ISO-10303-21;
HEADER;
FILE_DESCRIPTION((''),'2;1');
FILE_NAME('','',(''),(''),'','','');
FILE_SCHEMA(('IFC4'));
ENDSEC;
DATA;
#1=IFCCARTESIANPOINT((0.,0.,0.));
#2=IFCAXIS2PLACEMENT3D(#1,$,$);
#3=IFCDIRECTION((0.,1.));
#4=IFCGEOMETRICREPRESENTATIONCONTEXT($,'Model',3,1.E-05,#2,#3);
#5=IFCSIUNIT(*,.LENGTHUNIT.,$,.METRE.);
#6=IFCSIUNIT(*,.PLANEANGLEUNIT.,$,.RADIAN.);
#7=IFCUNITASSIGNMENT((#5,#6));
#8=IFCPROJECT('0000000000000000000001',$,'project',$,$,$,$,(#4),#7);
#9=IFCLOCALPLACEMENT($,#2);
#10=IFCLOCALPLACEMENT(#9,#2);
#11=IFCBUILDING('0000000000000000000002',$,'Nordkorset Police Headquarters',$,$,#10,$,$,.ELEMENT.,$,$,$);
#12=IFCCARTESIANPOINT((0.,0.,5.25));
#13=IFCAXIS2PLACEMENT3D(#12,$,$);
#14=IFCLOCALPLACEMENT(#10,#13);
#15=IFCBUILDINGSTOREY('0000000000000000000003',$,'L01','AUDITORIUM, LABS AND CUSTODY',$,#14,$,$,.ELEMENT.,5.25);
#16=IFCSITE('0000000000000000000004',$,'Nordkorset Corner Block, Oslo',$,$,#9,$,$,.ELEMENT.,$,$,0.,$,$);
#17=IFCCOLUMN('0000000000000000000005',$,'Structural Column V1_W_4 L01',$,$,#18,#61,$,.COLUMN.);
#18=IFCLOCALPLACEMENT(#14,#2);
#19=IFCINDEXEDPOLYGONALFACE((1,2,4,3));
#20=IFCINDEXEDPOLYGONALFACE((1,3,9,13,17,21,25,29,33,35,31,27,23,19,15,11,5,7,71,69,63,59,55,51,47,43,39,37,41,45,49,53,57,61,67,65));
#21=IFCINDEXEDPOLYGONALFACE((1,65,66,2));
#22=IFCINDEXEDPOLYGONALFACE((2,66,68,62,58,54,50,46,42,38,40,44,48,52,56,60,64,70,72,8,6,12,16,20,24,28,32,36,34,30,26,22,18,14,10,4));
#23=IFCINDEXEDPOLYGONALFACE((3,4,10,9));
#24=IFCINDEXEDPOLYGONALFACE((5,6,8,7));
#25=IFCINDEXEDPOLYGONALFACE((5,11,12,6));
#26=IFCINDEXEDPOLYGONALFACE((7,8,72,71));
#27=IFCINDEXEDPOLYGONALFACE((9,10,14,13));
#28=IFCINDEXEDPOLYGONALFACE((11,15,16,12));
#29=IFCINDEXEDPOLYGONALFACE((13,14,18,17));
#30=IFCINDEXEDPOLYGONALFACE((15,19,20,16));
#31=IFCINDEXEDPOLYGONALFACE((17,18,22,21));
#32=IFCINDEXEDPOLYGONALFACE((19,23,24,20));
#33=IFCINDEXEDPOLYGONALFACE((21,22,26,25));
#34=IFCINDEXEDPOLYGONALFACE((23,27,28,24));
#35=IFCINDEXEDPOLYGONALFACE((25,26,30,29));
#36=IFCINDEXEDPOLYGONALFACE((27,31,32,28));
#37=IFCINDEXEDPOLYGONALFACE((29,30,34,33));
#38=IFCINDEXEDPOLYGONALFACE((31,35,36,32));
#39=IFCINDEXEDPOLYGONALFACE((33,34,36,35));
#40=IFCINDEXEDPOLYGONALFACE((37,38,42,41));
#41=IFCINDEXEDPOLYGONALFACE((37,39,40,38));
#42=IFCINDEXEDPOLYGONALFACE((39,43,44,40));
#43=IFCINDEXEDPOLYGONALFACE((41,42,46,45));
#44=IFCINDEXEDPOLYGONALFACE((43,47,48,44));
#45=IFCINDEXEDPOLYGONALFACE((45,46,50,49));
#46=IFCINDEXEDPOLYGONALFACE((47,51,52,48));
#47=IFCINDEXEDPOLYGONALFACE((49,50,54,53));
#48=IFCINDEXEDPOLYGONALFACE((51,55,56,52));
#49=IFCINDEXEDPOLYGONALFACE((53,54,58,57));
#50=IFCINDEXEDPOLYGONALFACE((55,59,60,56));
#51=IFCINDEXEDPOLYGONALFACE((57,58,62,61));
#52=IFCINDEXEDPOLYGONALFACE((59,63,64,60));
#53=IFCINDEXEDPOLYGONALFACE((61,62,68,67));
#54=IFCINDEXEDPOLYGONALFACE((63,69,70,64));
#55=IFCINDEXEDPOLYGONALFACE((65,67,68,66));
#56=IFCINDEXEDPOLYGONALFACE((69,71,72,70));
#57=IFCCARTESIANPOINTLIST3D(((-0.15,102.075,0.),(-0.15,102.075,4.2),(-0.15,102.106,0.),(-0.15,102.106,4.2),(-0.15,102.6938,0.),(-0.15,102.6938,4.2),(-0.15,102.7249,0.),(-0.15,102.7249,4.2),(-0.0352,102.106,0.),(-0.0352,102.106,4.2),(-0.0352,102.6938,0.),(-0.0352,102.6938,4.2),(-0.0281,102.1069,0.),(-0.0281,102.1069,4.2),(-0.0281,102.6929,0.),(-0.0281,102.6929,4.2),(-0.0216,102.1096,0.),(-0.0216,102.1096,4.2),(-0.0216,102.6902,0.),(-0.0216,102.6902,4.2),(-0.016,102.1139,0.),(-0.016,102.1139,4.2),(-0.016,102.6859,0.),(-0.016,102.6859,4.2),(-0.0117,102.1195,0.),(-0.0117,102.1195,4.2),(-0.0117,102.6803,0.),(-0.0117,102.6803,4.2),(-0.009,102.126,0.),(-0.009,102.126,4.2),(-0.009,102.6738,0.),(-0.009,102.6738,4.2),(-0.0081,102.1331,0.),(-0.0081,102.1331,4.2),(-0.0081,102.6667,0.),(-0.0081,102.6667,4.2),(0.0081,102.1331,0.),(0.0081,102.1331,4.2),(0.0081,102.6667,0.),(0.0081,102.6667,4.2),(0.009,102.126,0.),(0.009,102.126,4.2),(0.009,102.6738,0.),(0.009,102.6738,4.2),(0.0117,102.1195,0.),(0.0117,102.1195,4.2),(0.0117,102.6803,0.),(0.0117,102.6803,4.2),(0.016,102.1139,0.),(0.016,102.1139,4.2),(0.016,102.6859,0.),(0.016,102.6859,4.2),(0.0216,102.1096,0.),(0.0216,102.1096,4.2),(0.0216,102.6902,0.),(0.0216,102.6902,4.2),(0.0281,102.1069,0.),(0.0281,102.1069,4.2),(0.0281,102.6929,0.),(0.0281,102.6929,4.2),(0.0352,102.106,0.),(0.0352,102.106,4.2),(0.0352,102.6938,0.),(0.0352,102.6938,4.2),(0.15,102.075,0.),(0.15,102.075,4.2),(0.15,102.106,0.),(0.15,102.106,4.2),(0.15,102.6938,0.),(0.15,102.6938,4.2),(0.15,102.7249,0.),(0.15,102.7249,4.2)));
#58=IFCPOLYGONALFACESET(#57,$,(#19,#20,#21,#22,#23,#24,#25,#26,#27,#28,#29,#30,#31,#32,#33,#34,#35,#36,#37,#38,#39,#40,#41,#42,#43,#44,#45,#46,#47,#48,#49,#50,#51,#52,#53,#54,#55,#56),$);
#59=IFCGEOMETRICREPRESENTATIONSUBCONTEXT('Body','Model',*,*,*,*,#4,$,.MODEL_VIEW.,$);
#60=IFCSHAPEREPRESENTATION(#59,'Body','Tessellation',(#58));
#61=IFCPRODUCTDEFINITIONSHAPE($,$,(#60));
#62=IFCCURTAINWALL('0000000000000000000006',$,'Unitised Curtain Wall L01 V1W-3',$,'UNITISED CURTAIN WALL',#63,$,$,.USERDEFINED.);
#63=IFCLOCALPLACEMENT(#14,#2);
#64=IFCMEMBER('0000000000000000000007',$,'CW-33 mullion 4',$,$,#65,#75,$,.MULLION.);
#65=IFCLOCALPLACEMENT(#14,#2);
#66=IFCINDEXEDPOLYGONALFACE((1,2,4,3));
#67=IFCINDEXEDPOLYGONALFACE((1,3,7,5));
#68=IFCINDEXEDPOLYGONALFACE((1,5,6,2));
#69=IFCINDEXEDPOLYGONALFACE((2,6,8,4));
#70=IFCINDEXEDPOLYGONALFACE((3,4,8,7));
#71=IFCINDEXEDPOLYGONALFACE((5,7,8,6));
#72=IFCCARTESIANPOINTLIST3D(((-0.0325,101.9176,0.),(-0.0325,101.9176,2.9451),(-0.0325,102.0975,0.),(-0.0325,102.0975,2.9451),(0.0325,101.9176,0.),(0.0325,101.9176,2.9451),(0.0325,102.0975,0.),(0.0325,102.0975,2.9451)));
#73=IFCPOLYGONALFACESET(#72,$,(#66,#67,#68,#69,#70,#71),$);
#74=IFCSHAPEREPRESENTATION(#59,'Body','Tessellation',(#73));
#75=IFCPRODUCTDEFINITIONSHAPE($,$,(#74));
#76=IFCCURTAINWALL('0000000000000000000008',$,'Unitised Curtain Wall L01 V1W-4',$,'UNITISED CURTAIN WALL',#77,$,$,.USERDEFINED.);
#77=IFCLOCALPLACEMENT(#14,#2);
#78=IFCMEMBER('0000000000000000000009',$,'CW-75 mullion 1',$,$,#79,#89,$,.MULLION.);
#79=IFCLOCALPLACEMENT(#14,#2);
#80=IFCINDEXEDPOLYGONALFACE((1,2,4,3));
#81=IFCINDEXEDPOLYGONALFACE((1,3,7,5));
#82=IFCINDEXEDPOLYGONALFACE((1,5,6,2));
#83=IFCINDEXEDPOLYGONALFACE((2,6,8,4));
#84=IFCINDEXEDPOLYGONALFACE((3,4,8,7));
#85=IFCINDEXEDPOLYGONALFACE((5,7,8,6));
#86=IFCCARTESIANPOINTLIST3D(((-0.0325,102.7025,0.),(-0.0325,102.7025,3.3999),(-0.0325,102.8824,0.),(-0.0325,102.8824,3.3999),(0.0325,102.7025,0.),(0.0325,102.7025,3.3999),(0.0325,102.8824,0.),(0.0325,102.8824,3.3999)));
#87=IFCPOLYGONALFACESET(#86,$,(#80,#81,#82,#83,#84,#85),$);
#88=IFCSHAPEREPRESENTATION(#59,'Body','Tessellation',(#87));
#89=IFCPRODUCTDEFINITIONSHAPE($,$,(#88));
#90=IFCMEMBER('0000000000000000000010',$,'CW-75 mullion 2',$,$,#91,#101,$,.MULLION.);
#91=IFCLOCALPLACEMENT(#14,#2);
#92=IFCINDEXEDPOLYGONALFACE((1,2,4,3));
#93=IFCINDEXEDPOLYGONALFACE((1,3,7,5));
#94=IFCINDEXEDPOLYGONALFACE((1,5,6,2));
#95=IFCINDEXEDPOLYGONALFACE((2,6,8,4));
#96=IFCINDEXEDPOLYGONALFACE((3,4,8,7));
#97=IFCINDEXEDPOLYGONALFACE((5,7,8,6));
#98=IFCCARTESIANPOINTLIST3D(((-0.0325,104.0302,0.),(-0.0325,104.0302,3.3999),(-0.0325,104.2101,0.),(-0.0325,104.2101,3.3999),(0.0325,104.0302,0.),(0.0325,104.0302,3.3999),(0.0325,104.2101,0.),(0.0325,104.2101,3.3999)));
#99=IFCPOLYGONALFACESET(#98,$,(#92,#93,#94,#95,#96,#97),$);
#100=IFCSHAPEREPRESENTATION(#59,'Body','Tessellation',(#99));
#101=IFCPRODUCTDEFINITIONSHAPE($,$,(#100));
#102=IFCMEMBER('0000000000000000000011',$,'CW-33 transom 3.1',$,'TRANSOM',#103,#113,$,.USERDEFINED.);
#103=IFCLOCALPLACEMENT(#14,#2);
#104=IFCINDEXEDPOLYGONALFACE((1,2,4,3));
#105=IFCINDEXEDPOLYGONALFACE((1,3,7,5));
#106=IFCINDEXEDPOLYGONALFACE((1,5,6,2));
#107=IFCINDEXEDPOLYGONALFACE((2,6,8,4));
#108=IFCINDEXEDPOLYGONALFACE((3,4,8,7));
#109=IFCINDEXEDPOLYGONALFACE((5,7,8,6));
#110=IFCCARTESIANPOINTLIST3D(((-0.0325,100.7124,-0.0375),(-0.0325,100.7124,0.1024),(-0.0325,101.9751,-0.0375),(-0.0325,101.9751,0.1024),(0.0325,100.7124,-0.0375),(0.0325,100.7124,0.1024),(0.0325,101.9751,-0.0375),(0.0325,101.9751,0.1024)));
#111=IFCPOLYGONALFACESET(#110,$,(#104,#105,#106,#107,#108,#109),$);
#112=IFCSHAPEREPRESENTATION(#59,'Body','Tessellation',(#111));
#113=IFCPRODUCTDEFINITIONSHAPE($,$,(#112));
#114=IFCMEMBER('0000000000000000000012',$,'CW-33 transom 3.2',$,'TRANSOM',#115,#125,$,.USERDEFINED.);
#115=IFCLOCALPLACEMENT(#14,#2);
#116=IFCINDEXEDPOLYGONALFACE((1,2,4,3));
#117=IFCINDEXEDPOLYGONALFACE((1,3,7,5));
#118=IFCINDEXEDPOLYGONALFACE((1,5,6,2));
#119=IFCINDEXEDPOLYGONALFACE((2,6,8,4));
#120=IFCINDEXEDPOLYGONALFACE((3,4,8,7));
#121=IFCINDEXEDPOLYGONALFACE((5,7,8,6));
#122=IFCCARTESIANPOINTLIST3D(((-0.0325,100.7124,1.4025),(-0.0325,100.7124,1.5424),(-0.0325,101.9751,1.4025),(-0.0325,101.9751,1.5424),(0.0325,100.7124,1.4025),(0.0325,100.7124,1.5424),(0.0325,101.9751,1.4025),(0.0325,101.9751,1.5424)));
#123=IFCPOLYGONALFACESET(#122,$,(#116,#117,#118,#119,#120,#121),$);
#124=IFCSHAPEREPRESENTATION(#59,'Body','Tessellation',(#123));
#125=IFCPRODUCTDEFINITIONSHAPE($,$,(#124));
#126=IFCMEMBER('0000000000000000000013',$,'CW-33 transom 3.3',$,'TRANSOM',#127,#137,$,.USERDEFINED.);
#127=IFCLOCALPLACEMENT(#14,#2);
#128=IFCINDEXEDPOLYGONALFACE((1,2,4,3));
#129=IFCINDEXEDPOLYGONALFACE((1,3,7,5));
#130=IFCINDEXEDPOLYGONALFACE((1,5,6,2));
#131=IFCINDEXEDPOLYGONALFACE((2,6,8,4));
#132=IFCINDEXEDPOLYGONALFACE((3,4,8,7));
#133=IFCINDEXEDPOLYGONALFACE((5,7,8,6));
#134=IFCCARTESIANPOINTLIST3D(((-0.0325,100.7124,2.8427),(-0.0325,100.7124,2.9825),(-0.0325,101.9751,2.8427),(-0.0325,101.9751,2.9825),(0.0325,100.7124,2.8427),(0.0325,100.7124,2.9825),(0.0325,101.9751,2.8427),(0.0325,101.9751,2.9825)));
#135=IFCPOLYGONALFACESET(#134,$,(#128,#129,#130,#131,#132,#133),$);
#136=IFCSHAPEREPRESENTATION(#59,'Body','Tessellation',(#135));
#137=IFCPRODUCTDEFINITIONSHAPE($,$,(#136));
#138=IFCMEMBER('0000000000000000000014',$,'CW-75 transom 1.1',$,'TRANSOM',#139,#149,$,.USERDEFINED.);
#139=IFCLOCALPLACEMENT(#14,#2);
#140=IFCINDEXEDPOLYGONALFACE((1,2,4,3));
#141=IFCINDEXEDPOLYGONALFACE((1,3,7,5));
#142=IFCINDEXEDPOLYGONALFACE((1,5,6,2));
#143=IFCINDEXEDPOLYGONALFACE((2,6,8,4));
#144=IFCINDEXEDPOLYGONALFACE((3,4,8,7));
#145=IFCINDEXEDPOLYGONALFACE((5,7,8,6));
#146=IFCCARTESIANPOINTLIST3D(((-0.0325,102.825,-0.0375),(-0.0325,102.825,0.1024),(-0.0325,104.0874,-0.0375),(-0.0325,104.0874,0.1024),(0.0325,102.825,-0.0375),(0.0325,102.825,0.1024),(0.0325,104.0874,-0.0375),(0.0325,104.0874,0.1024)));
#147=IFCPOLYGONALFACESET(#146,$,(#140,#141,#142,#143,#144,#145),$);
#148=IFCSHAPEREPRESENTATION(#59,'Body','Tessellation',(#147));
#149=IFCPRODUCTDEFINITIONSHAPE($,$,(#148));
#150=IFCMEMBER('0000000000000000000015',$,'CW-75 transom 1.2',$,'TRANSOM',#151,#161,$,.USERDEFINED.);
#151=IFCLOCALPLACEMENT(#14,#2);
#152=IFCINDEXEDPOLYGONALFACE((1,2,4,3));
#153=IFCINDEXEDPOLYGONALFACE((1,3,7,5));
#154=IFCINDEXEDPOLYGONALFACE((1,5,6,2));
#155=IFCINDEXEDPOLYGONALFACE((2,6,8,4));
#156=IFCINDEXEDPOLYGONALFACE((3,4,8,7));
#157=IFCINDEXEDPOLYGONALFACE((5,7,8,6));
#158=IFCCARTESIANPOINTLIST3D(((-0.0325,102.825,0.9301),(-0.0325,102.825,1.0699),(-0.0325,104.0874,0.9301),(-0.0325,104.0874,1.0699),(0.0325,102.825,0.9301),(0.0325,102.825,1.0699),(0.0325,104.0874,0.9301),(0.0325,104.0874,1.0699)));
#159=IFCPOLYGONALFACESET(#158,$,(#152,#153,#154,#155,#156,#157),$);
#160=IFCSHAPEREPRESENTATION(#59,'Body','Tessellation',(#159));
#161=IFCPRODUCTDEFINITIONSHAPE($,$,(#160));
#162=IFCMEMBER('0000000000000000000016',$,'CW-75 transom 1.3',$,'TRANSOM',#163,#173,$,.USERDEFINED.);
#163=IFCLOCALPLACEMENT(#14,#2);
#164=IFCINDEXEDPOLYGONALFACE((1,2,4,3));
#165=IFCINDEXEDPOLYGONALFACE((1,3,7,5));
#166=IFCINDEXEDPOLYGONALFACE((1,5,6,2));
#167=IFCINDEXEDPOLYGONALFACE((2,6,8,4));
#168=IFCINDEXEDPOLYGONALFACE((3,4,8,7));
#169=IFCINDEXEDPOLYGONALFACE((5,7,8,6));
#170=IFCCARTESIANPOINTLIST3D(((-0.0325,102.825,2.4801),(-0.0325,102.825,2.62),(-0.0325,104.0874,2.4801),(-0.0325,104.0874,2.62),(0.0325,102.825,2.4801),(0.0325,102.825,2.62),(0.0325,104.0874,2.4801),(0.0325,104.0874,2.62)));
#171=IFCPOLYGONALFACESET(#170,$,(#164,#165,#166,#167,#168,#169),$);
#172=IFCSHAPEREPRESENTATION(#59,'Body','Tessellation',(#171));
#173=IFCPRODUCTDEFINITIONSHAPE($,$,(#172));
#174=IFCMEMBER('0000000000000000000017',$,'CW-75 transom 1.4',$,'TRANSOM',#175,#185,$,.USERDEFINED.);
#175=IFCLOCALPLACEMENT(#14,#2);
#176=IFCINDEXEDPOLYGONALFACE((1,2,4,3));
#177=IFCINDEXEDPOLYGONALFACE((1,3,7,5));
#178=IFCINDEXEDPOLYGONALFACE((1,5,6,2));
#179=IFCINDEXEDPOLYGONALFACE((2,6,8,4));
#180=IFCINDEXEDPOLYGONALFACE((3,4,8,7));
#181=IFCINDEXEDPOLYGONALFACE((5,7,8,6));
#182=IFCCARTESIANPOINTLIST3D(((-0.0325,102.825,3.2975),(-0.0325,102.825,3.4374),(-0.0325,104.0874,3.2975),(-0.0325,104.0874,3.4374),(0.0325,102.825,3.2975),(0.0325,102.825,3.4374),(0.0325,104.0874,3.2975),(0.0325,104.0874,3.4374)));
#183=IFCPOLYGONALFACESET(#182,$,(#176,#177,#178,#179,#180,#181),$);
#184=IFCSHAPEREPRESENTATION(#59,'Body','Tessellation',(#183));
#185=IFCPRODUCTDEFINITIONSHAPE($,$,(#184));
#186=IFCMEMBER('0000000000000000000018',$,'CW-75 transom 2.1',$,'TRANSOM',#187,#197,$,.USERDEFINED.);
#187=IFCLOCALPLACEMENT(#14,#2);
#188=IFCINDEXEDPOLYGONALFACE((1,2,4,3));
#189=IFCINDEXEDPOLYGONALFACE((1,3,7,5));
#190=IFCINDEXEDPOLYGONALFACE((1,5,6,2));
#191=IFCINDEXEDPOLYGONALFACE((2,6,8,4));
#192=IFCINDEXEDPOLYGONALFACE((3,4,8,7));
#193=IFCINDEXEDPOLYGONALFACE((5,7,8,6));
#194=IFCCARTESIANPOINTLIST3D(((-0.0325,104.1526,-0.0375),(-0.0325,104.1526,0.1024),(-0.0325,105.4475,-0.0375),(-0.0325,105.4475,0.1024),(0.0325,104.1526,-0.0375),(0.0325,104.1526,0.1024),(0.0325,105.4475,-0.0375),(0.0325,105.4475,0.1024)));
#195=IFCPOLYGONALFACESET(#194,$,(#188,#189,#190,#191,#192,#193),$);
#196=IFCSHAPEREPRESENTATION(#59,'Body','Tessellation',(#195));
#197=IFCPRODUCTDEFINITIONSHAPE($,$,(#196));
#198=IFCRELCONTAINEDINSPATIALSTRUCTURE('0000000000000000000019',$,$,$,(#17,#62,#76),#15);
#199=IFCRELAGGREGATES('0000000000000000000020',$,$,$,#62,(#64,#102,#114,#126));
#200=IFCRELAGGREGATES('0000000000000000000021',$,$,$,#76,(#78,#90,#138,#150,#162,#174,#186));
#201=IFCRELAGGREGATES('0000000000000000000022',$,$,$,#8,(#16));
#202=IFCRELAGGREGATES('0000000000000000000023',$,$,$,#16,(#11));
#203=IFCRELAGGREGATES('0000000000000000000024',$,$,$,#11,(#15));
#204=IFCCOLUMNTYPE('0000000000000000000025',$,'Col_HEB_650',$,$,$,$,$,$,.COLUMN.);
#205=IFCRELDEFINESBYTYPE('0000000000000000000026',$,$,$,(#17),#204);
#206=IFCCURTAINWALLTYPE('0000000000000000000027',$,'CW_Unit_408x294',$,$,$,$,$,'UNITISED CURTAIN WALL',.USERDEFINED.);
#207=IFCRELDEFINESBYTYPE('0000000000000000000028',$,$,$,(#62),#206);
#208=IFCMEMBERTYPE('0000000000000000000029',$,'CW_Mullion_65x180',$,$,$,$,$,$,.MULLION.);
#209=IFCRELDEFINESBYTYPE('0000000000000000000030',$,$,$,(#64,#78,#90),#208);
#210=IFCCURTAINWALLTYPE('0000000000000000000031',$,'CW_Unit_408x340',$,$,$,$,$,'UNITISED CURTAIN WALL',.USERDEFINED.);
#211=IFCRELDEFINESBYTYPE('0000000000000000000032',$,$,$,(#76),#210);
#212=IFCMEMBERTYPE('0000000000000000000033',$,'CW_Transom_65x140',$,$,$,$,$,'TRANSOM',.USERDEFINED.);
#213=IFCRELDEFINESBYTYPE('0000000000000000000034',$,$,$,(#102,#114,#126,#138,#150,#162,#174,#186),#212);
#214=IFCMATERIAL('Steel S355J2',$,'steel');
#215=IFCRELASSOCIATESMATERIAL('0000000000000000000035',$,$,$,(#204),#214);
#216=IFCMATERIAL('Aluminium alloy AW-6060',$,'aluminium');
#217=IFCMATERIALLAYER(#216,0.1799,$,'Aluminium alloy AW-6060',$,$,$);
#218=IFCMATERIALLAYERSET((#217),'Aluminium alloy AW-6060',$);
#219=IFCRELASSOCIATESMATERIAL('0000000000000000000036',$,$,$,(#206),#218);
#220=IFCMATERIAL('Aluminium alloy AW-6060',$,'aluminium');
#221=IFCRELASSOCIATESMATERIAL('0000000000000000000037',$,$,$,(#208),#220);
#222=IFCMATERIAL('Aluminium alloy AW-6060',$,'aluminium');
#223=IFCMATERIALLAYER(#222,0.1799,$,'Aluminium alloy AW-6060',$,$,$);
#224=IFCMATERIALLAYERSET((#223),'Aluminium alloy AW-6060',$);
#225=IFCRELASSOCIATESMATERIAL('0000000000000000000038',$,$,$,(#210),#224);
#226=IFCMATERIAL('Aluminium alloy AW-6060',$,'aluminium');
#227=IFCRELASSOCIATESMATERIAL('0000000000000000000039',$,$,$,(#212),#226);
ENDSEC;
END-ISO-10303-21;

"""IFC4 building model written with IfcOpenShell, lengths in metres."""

from ifc_helpers import new_model, si_unit, direction, frame, origin, origin_2d, place, context, subcontext, project, spatial, rectangle, i_section, extrude, material, layer, layer_set, material_profile, profile_set, type_object, element, aggregate, save


model = new_model("IFC4")

# Units and contexts
model_context = context("Model", 3, precision=1e-05, world=origin(), true_north=direction((0.0, 1.0)))
body_context = subcontext(model_context, "Body", "Model", "MODEL_VIEW")
ifc_project = project(units=[si_unit("LENGTHUNIT", "METRE"), si_unit("PLANEANGLEUNIT", "RADIAN")], contexts=[model_context])

# Site, building, storey
site_placement = place(None, origin())
site = spatial("IfcSite", under=ifc_project, at=site_placement, Name="Nordkorset Corner Block, Oslo", CompositionType="ELEMENT", RefElevation=0.0)
building_placement = place(site_placement, origin())
building = spatial("IfcBuilding", under=site, at=building_placement, Name="Nordkorset Police Headquarters", CompositionType="ELEMENT")
storey_placement = place(building_placement, frame((0.0, 0.0, 5.25)))
storey = spatial("IfcBuildingStorey", under=building, at=storey_placement, Name="L01", Description="AUDITORIUM, LABS AND CUSTODY", CompositionType="ELEMENT", Elevation=5.25)

# Column
ifc_material_1 = material(Name="Steel S355J2", Category="steel")
ifc_material_profile_1 = material_profile(ifc_material_1, i_section(OverallWidth=0.3, OverallDepth=0.6499, WebThickness=0.0161, FlangeThickness=0.031, FilletRadius=0.0271, at=origin_2d()), Name="HEB 650")
ifc_profile_set_1 = profile_set([ifc_material_profile_1], Name="Steel S355J2")
column_type = type_object("IfcColumnType", Name="Col_HEB_650", PredefinedType="COLUMN", material=ifc_profile_set_1)
column_placement = place(storey_placement, frame((0.0, 102.3999, 0.0), z_axis=(0.0, 0.0, 1.0), x_axis=(1.0, 0.0, 0.0)))
element("IfcColumn", 1, at=column_placement, inside=storey, type_object=column_type, Name="Structural Column V1_W_4 L01", PredefinedType="COLUMN", context=body_context, shape_type="SweptSolid", body=[
    extrude(i_section(OverallWidth=0.3, OverallDepth=0.6499, WebThickness=0.0161, FlangeThickness=0.031, FilletRadius=0.0271, at=origin_2d()), origin(), (0.0, 0.0, 1.0), 4.2),
])

# Curtain wall, member
ifc_material_2 = material(Name="Aluminium alloy AW-6060", Category="aluminium")
ifc_layer_1 = layer(ifc_material_2, 0.1799, Name="Aluminium alloy AW-6060")
ifc_layer_set_1 = layer_set([ifc_layer_1], Name="Aluminium alloy AW-6060")
curtain_wall_type_1 = type_object("IfcCurtainWallType", Name="CW_Unit_408x294", ElementType="UNITISED CURTAIN WALL", PredefinedType="USERDEFINED", material=ifc_layer_set_1)
curtain_wall_1_placement = place(storey_placement, origin())
curtain_wall_1 = element("IfcCurtainWall", 2, at=curtain_wall_1_placement, inside=storey, type_object=curtain_wall_type_1, Name="Unitised Curtain Wall L01 V1W-3", ObjectType="UNITISED CURTAIN WALL", PredefinedType="USERDEFINED")
ifc_material_3 = material(Name="Aluminium alloy AW-6060", Category="aluminium")
ifc_material_profile_2 = material_profile(ifc_material_3, rectangle(XDim=0.0649, YDim=0.1799, at=origin_2d()), Name="ALU MULL 65x180")
ifc_profile_set_2 = profile_set([ifc_material_profile_2], Name="Aluminium alloy AW-6060")
member_type_1 = type_object("IfcMemberType", Name="CW_Mullion_65x180", PredefinedType="MULLION", material=ifc_profile_set_2)
member_1_placement = place(storey_placement, frame((0.0, 102.0076, 0.0), z_axis=(0.0, 0.0, 1.0), x_axis=(-1.0, 0.0, 0.0)))
member_1 = element("IfcMember", 3, at=member_1_placement, type_object=member_type_1, Name="CW-33 mullion 4", PredefinedType="MULLION", context=body_context, shape_type="SweptSolid", body=[
    extrude(rectangle(XDim=0.0649, YDim=0.1799, at=origin_2d()), origin(), (0.0, 0.0, 1.0), 2.9451),
])

# Curtain wall, members
ifc_material_4 = material(Name="Aluminium alloy AW-6060", Category="aluminium")
ifc_layer_2 = layer(ifc_material_4, 0.1799, Name="Aluminium alloy AW-6060")
ifc_layer_set_2 = layer_set([ifc_layer_2], Name="Aluminium alloy AW-6060")
curtain_wall_type_2 = type_object("IfcCurtainWallType", Name="CW_Unit_408x340", ElementType="UNITISED CURTAIN WALL", PredefinedType="USERDEFINED", material=ifc_layer_set_2)
curtain_wall_2_placement = place(storey_placement, origin())
curtain_wall_2 = element("IfcCurtainWall", 4, at=curtain_wall_2_placement, inside=storey, type_object=curtain_wall_type_2, Name="Unitised Curtain Wall L01 V1W-4", ObjectType="UNITISED CURTAIN WALL", PredefinedType="USERDEFINED")
member_2_placement = place(storey_placement, frame((0.0, 102.7925, 0.0), z_axis=(0.0, 0.0, 1.0), x_axis=(-1.0, 0.0, 0.0)))
member_2 = element("IfcMember", 5, at=member_2_placement, type_object=member_type_1, Name="CW-75 mullion 1", PredefinedType="MULLION", context=body_context, shape_type="SweptSolid", body=[
    extrude(rectangle(XDim=0.0649, YDim=0.1799, at=origin_2d()), origin(), (0.0, 0.0, 1.0), 3.3999),
])
member_3_placement = place(storey_placement, frame((0.0, 104.1201, 0.0), z_axis=(0.0, 0.0, 1.0), x_axis=(-1.0, 0.0, 0.0)))
member_3 = element("IfcMember", 6, at=member_3_placement, type_object=member_type_1, Name="CW-75 mullion 2", PredefinedType="MULLION", context=body_context, shape_type="SweptSolid", body=[
    extrude(rectangle(XDim=0.0649, YDim=0.1799, at=origin_2d()), origin(), (0.0, 0.0, 1.0), 3.3999),
])

# Members
ifc_material_5 = material(Name="Aluminium alloy AW-6060", Category="aluminium")
ifc_material_profile_3 = material_profile(ifc_material_5, rectangle(XDim=0.0649, YDim=0.1399, at=origin_2d()), Name="ALU TRAN 65x140")
ifc_profile_set_3 = profile_set([ifc_material_profile_3], Name="Aluminium alloy AW-6060")
member_type_2 = type_object("IfcMemberType", Name="CW_Transom_65x140", ElementType="TRANSOM", PredefinedType="USERDEFINED", material=ifc_profile_set_3)
member_4_placement = place(storey_placement, frame((0.0, 100.7124, 0.0325), z_axis=(0.0, 1.0, 0.0), x_axis=(-1.0, 0.0, 0.0)))
member_4 = element("IfcMember", 7, at=member_4_placement, type_object=member_type_2, Name="CW-33 transom 3.1", ObjectType="TRANSOM", PredefinedType="USERDEFINED", context=body_context, shape_type="SweptSolid", body=[
    extrude(rectangle(XDim=0.0649, YDim=0.1399, at=origin_2d()), origin(), (0.0, 0.0, 1.0), 1.2627),
])
member_5_placement = place(storey_placement, frame((0.0, 100.7124, 1.4724), z_axis=(0.0, 1.0, 0.0), x_axis=(-1.0, 0.0, 0.0)))
member_5 = element("IfcMember", 8, at=member_5_placement, type_object=member_type_2, Name="CW-33 transom 3.2", ObjectType="TRANSOM", PredefinedType="USERDEFINED", context=body_context, shape_type="SweptSolid", body=[
    extrude(rectangle(XDim=0.0649, YDim=0.1399, at=origin_2d()), origin(), (0.0, 0.0, 1.0), 1.2627),
])
member_6_placement = place(storey_placement, frame((0.0, 100.7124, 2.9126), z_axis=(0.0, 1.0, 0.0), x_axis=(-1.0, 0.0, 0.0)))
member_6 = element("IfcMember", 9, at=member_6_placement, type_object=member_type_2, Name="CW-33 transom 3.3", ObjectType="TRANSOM", PredefinedType="USERDEFINED", context=body_context, shape_type="SweptSolid", body=[
    extrude(rectangle(XDim=0.0649, YDim=0.1399, at=origin_2d()), origin(), (0.0, 0.0, 1.0), 1.2627),
])
member_7_placement = place(storey_placement, frame((0.0, 102.825, 0.0325), z_axis=(0.0, 1.0, 0.0), x_axis=(-1.0, 0.0, 0.0)))
member_7 = element("IfcMember", 10, at=member_7_placement, type_object=member_type_2, Name="CW-75 transom 1.1", ObjectType="TRANSOM", PredefinedType="USERDEFINED", context=body_context, shape_type="SweptSolid", body=[
    extrude(rectangle(XDim=0.0649, YDim=0.1399, at=origin_2d()), origin(), (0.0, 0.0, 1.0), 1.2625),
])
member_8_placement = place(storey_placement, frame((0.0, 102.825, 1.0), z_axis=(0.0, 1.0, 0.0), x_axis=(-1.0, 0.0, 0.0)))
member_8 = element("IfcMember", 11, at=member_8_placement, type_object=member_type_2, Name="CW-75 transom 1.2", ObjectType="TRANSOM", PredefinedType="USERDEFINED", context=body_context, shape_type="SweptSolid", body=[
    extrude(rectangle(XDim=0.0649, YDim=0.1399, at=origin_2d()), origin(), (0.0, 0.0, 1.0), 1.2625),
])
member_9_placement = place(storey_placement, frame((0.0, 102.825, 2.55), z_axis=(0.0, 1.0, 0.0), x_axis=(-1.0, 0.0, 0.0)))
member_9 = element("IfcMember", 12, at=member_9_placement, type_object=member_type_2, Name="CW-75 transom 1.3", ObjectType="TRANSOM", PredefinedType="USERDEFINED", context=body_context, shape_type="SweptSolid", body=[
    extrude(rectangle(XDim=0.0649, YDim=0.1399, at=origin_2d()), origin(), (0.0, 0.0, 1.0), 1.2625),
])
member_10_placement = place(storey_placement, frame((0.0, 102.825, 3.3674), z_axis=(0.0, 1.0, 0.0), x_axis=(-1.0, 0.0, 0.0)))
member_10 = element("IfcMember", 13, at=member_10_placement, type_object=member_type_2, Name="CW-75 transom 1.4", ObjectType="TRANSOM", PredefinedType="USERDEFINED", context=body_context, shape_type="SweptSolid", body=[
    extrude(rectangle(XDim=0.0649, YDim=0.1399, at=origin_2d()), origin(), (0.0, 0.0, 1.0), 1.2625),
])
member_11_placement = place(storey_placement, frame((0.0, 104.1526, 0.0325), z_axis=(0.0, 1.0, 0.0), x_axis=(-1.0, 0.0, 0.0)))
member_11 = element("IfcMember", 14, at=member_11_placement, type_object=member_type_2, Name="CW-75 transom 2.1", ObjectType="TRANSOM", PredefinedType="USERDEFINED", context=body_context, shape_type="SweptSolid", body=[
    extrude(rectangle(XDim=0.0649, YDim=0.1399, at=origin_2d()), origin(), (0.0, 0.0, 1.0), 1.2949),
])

aggregate(curtain_wall_1, [member_1, member_4, member_5, member_6])
aggregate(curtain_wall_2, [member_2, member_3, member_7, member_8, member_9, member_10, member_11])

save(model, "model.ifc")
